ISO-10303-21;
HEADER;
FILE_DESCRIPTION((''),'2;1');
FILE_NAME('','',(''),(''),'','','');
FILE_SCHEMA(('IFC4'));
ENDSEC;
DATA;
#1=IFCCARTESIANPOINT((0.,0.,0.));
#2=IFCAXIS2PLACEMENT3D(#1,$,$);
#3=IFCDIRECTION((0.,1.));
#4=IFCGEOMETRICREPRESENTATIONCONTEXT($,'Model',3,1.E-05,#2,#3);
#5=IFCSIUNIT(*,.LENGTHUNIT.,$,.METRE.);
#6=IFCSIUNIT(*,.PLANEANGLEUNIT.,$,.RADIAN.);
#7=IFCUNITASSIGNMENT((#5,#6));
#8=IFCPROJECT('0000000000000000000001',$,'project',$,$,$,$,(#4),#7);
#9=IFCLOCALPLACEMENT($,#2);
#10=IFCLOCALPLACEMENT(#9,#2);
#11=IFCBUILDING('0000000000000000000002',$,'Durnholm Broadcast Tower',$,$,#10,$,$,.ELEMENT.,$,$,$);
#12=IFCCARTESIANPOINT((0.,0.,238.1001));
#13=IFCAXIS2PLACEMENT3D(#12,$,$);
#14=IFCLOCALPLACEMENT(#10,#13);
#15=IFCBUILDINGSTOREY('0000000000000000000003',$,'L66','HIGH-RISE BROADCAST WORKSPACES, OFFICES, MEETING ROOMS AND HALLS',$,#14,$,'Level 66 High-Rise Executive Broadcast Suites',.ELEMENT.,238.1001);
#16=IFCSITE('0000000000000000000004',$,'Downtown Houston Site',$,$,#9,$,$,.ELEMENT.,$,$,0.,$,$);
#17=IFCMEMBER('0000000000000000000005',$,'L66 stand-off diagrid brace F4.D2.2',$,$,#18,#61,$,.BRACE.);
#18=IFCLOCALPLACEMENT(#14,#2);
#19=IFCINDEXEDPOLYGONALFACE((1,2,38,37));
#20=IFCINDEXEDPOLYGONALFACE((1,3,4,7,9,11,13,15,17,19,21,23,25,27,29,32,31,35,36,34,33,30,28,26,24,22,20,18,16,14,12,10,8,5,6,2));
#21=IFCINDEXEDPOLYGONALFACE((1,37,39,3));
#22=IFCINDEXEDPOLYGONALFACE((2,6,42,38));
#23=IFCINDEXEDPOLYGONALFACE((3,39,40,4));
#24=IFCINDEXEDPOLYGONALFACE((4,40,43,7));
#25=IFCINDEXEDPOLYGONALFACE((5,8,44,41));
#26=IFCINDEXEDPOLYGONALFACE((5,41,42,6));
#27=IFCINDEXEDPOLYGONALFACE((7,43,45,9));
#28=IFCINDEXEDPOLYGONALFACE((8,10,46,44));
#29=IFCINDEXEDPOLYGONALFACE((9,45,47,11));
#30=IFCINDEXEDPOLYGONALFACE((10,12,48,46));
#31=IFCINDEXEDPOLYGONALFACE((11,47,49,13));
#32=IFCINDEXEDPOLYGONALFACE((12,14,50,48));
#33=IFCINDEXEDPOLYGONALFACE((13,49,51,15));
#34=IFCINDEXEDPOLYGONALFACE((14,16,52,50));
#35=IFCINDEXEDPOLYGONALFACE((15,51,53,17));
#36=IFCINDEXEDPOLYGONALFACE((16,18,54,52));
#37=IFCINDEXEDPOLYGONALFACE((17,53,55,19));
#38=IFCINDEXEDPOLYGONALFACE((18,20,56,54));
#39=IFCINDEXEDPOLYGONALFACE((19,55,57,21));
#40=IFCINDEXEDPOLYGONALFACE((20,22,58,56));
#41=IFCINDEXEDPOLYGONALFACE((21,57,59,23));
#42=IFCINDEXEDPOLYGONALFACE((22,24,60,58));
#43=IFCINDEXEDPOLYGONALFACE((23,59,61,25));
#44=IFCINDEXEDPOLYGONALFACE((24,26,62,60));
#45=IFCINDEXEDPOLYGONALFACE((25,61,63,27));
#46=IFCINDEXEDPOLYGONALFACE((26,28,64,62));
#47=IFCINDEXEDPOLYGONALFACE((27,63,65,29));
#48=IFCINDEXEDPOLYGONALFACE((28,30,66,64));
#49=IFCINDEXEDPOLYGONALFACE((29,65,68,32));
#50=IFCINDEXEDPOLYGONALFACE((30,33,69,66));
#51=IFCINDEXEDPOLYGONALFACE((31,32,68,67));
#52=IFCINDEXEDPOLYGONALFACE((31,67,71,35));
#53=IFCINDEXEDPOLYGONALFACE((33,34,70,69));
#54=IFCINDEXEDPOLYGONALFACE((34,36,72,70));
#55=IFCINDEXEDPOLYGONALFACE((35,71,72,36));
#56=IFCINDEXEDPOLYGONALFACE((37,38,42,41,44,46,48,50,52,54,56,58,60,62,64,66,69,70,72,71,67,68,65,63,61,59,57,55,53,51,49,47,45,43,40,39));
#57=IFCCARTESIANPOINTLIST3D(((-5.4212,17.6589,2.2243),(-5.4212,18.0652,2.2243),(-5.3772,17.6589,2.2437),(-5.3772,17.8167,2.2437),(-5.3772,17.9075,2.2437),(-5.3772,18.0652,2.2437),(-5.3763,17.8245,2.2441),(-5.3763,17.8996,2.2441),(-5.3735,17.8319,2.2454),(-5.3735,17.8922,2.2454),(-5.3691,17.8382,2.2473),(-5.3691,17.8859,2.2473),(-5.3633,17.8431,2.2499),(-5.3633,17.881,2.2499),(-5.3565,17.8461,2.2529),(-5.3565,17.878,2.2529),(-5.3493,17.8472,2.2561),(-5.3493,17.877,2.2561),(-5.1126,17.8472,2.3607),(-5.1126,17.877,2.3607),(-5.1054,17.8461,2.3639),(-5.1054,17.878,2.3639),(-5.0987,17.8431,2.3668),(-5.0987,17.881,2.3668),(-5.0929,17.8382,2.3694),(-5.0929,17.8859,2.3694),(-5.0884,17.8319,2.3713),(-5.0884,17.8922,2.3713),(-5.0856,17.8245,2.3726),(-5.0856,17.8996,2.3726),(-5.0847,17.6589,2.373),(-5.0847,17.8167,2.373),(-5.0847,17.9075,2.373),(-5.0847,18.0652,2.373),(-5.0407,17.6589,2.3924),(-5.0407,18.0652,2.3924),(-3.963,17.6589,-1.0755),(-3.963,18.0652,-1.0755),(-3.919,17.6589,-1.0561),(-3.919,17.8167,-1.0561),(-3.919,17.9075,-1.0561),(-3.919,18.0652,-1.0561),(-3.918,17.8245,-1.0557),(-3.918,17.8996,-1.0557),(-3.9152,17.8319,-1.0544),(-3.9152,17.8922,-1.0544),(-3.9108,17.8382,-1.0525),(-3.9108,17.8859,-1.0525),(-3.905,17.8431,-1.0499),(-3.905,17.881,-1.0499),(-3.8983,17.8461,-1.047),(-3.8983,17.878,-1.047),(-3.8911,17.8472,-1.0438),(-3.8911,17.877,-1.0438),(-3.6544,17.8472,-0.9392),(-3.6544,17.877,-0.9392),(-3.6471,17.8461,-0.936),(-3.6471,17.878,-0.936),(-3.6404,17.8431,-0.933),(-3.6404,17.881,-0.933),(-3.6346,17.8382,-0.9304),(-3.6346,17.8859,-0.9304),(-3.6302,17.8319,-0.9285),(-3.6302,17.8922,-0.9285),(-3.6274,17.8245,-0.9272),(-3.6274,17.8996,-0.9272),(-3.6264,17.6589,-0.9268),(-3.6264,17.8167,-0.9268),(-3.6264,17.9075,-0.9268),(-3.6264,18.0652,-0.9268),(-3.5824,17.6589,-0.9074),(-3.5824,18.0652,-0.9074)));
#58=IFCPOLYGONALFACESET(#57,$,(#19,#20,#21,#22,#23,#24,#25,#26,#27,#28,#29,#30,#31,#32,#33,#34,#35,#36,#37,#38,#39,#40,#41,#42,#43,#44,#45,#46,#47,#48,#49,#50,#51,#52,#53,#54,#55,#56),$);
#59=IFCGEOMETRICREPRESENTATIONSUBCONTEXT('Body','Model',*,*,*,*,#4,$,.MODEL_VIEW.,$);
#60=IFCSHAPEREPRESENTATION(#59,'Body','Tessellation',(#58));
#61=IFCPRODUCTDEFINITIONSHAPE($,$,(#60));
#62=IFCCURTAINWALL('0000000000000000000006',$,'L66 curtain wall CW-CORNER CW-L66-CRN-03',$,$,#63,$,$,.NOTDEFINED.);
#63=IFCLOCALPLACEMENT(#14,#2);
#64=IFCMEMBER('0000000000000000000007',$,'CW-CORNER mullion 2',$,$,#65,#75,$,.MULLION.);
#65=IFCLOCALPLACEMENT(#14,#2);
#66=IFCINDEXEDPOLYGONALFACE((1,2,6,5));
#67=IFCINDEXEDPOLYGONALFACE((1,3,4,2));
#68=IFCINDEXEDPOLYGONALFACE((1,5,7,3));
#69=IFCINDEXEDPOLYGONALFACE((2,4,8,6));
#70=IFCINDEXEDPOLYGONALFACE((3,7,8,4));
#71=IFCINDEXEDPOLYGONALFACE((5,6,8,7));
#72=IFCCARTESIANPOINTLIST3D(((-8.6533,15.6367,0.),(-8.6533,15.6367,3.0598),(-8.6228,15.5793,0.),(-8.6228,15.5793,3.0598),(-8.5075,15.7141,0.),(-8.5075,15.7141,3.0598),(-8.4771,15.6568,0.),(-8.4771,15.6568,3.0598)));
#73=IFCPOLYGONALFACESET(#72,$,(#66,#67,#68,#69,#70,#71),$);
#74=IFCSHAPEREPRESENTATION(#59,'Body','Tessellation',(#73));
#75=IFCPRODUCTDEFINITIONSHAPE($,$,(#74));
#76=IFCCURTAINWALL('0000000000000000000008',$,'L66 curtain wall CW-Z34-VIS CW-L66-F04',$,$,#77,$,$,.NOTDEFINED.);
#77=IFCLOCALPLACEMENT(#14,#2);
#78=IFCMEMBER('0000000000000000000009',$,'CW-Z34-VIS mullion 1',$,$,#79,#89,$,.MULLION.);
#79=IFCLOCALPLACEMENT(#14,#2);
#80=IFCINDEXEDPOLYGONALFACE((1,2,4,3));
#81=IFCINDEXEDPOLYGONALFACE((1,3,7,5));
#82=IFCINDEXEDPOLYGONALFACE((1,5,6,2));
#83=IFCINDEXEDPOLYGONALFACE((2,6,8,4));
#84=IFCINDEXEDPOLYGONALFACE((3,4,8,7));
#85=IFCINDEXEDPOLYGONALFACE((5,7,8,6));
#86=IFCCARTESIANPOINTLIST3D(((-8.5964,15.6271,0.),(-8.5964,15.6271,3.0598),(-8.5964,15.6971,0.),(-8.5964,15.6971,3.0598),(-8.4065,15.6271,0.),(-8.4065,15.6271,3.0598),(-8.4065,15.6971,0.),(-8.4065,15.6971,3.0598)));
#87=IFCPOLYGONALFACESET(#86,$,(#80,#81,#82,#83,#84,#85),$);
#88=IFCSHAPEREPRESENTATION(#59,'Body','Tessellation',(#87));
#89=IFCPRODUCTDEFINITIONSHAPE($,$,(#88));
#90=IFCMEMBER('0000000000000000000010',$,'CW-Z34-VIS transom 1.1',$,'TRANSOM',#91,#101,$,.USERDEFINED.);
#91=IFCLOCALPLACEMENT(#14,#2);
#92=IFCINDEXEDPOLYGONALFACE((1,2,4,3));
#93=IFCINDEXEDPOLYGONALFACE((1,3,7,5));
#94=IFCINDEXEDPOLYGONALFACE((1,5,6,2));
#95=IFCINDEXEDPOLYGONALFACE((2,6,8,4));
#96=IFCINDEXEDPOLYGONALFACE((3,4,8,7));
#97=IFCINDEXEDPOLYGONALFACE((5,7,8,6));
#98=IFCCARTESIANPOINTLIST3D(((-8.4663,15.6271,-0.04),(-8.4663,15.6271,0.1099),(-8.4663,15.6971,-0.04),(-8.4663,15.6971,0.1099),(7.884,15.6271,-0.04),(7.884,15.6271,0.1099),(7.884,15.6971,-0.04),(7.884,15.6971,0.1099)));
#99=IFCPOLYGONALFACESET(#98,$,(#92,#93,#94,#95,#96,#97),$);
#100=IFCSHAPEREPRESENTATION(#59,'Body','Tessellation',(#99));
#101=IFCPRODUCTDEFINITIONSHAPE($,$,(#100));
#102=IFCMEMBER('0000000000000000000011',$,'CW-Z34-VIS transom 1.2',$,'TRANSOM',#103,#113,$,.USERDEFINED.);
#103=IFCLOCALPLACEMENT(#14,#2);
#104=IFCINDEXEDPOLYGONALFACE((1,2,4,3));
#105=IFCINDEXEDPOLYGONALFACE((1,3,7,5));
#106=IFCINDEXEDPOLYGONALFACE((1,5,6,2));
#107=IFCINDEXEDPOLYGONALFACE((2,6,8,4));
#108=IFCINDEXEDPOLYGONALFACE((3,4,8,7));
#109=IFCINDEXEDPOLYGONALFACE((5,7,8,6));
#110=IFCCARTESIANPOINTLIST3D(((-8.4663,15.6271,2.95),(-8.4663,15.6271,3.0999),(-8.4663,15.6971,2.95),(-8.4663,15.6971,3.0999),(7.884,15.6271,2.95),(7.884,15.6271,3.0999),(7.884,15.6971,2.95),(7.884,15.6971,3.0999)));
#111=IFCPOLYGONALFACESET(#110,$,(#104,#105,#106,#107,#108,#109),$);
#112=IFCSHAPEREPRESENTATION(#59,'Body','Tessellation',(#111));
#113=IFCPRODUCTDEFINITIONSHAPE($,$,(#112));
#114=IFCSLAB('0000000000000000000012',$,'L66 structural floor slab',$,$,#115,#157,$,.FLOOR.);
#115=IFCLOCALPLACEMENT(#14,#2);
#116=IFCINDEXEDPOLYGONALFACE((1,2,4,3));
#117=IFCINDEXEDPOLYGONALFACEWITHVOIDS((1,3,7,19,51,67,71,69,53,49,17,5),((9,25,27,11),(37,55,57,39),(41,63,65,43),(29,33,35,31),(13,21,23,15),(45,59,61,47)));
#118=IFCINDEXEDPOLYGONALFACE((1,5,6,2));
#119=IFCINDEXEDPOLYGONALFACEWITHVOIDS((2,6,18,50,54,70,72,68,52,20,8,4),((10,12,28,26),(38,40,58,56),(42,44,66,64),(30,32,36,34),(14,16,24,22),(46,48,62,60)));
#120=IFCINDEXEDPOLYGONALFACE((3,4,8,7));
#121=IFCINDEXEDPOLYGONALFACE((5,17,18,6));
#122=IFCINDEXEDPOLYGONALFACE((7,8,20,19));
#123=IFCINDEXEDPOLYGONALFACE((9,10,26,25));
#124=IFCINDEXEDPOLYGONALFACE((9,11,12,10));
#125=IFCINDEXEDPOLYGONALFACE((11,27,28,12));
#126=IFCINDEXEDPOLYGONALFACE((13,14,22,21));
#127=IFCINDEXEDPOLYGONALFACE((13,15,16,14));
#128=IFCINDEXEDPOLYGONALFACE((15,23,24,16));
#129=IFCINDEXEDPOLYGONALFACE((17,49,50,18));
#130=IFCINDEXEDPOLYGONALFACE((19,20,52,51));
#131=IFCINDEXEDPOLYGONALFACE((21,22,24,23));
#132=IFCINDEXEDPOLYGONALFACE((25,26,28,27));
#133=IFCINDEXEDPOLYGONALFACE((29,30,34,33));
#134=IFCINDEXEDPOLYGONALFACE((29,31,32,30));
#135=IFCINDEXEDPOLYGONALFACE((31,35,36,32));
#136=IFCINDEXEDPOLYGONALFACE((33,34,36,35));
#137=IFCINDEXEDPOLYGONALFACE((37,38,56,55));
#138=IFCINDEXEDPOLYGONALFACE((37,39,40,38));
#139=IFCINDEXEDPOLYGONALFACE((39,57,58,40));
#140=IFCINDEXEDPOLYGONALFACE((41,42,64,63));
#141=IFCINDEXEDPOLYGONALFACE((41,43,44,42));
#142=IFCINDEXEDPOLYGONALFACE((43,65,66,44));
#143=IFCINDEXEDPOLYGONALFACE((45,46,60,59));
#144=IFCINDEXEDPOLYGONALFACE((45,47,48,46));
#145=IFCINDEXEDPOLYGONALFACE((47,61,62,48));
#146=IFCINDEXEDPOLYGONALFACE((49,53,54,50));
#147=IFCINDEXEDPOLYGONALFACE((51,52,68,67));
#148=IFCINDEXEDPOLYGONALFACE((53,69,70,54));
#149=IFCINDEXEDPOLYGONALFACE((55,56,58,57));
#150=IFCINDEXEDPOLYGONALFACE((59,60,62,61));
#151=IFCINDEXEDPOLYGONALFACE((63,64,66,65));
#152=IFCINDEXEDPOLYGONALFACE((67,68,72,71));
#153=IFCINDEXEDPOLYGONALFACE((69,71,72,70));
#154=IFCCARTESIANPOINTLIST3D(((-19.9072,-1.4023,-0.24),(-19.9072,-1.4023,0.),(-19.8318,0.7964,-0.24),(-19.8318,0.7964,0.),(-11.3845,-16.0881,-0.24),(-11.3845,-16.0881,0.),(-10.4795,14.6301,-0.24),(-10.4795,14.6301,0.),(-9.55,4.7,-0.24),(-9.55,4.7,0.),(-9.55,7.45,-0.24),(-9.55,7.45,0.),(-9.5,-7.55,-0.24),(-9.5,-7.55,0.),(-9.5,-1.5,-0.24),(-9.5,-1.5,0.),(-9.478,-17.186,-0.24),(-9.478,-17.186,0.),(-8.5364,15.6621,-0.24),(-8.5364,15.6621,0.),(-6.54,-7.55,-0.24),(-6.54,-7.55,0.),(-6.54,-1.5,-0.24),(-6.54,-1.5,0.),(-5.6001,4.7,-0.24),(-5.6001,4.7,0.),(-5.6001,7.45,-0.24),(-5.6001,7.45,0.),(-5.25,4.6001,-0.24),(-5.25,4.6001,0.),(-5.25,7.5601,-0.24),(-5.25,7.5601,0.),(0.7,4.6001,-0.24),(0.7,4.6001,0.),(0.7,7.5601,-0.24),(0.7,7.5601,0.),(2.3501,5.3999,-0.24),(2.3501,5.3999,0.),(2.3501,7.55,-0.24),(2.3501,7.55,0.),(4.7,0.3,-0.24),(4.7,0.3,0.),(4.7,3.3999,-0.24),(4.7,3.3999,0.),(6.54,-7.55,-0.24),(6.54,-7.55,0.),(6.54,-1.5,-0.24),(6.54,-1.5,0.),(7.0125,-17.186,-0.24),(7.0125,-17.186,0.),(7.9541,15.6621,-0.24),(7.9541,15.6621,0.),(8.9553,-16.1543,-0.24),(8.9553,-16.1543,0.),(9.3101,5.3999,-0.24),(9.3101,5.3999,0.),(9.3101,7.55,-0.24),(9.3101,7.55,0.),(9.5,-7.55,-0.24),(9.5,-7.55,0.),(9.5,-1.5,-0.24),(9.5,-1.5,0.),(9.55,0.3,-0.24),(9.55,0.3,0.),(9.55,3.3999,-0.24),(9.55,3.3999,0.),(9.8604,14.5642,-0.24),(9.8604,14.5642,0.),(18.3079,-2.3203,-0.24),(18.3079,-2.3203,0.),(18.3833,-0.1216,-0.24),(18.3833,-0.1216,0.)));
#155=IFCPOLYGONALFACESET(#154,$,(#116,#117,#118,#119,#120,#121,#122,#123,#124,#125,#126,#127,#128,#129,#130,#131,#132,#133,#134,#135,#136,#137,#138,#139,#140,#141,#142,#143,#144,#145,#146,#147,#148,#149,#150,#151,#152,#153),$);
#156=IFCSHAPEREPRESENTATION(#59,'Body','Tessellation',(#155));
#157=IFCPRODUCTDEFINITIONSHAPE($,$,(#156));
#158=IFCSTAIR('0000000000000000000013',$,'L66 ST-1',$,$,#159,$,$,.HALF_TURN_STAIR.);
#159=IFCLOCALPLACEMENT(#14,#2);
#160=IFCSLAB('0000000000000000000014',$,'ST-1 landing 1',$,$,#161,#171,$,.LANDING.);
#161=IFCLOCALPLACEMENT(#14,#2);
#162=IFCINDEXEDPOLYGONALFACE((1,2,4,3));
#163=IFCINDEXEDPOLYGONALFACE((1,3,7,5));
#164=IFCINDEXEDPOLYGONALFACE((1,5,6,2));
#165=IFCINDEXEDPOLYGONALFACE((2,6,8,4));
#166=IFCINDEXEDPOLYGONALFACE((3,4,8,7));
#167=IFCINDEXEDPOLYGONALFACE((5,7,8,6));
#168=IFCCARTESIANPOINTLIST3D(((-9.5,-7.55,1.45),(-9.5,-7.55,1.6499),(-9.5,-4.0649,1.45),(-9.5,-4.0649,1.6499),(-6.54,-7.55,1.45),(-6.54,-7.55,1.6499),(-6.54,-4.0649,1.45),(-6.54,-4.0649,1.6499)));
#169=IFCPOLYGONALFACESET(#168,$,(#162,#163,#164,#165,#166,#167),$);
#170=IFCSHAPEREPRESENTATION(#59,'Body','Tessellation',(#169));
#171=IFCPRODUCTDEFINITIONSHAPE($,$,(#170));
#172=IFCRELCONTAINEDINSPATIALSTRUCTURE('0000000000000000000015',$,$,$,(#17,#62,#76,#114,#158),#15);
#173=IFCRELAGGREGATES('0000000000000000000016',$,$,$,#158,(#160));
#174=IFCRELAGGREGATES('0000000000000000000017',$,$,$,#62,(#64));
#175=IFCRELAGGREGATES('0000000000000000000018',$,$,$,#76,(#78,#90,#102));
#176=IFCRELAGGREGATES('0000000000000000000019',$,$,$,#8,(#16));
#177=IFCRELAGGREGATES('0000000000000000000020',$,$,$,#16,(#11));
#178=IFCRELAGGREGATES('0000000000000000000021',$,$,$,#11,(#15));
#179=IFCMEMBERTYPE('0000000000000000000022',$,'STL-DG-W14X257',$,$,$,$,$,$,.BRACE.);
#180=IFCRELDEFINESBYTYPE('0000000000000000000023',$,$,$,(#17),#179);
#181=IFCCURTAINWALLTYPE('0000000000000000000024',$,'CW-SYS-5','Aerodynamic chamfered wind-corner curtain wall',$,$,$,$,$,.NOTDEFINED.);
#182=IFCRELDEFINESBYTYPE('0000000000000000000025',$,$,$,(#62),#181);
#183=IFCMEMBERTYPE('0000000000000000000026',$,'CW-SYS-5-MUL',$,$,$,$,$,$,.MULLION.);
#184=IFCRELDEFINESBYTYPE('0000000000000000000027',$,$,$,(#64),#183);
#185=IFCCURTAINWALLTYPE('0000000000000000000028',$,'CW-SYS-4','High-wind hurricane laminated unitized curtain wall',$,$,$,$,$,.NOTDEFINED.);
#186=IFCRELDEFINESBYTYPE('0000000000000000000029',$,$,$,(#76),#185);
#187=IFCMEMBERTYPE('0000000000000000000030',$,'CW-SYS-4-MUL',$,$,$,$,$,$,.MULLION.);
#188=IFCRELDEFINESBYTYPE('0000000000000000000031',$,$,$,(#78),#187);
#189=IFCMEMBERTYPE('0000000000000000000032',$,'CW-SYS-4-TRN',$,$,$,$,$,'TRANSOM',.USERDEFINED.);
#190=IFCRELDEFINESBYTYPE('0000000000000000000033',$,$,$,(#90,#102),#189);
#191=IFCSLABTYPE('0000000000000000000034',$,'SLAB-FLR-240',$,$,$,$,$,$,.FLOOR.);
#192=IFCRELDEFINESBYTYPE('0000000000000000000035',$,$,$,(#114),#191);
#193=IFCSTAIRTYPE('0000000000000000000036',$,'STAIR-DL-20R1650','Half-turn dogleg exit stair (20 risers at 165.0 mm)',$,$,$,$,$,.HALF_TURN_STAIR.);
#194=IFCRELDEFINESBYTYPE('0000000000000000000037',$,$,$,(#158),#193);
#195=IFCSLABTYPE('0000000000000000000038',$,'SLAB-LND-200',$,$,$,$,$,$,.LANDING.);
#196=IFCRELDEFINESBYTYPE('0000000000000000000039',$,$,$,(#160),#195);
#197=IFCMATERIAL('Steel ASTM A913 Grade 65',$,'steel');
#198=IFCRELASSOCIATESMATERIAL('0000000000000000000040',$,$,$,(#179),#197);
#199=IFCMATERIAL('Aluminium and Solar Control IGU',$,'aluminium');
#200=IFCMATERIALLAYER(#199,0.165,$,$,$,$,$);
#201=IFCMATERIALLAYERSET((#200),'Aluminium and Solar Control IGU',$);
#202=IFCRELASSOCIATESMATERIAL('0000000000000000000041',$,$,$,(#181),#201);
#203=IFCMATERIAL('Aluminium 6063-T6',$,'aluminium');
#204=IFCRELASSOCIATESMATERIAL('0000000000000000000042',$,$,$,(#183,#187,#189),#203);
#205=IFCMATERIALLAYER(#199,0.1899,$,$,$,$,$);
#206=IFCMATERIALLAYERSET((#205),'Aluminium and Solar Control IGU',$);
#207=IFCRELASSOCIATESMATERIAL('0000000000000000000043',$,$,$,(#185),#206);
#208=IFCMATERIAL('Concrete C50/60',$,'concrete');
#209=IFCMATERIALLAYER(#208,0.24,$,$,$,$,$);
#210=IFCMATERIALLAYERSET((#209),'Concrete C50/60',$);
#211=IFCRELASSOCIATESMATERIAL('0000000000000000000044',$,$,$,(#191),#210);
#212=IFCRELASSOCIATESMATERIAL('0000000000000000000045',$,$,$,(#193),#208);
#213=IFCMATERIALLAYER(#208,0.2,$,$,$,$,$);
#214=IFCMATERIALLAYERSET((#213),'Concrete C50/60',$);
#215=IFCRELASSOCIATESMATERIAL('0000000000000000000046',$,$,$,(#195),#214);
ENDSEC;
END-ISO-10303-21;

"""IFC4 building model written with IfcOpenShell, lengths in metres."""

from ifc_helpers import new_model, si_unit, direction, frame, origin, origin_2d, place, context, subcontext, project, spatial, polyline, rectangle, i_section, outline, extrude, source, transform, mapped, material, layer, layer_set, material_profile, profile_set, type_object, type_shapes, element, aggregate, save


model = new_model("IFC4")

# Units and contexts
model_context = context("Model", 3, precision=1e-05, world=origin(), true_north=direction((0.0, 1.0)))
body_context = subcontext(model_context, "Body", "Model", "MODEL_VIEW")
ifc_project = project(units=[si_unit("LENGTHUNIT", "METRE"), si_unit("PLANEANGLEUNIT", "RADIAN")], contexts=[model_context])

# Site, building, storey
site_placement = place(None, origin())
site = spatial("IfcSite", under=ifc_project, at=site_placement, Name="Downtown Houston Site", CompositionType="ELEMENT", RefElevation=0.0)
building_placement = place(site_placement, origin())
building = spatial("IfcBuilding", under=site, at=building_placement, Name="Durnholm Broadcast Tower", CompositionType="ELEMENT")
storey_placement = place(building_placement, frame((0.0, 0.0, 238.1001)))
storey = spatial("IfcBuildingStorey", under=building, at=storey_placement, Name="L66", Description="HIGH-RISE BROADCAST WORKSPACES, OFFICES, MEETING ROOMS AND HALLS", LongName="Level 66 High-Rise Executive Broadcast Suites", CompositionType="ELEMENT", Elevation=238.1001)

# Member
ifc_material_1 = material(Name="Steel ASTM A913 Grade 65", Category="steel")
ifc_material_profile_1 = material_profile(ifc_material_1, i_section(OverallWidth=0.4062, OverallDepth=0.416, WebThickness=0.0298, FlangeThickness=0.0481, FilletRadius=0.0305, at=origin_2d()), Name="W14X257")
ifc_profile_set_1 = profile_set([ifc_material_profile_1], Name="Steel ASTM A913 Grade 65")
member_type_1 = type_object("IfcMemberType", Name="STL-DG-W14X257", PredefinedType="BRACE", material=ifc_profile_set_1)
shared_shape_1 = source(origin(), body_context, "Body", "SweptSolid", [
    extrude(i_section(OverallWidth=0.4062, OverallDepth=0.416, WebThickness=0.0298, FlangeThickness=0.0481, FilletRadius=0.0305, at=origin_2d()), origin(), (0.0, 0.0, 1.0), 3.6077),
])
type_shapes(member_type_1, [shared_shape_1])
for number, where, z_axis, x_axis, name in (
    (1, (-3.7727, 17.8621, -0.9915), (-0.40421, 0.0, 0.914666), (0.0, -1.0, 0.0), "L66 stand-off diagrid brace F4.D2.2"),
):
    element("IfcMember", number, at=place(storey_placement, frame(where, z_axis=z_axis, x_axis=x_axis)), inside=storey, type_object=member_type_1, Name=name, PredefinedType="BRACE", context=body_context, shape_type="MappedRepresentation", body=[
        mapped(shared_shape_1, transform((0.0, 0.0, 0.0), x_axis=(1.0, 0.0, 0.0), y_axis=(0.0, 1.0, 0.0), z_axis=(0.0, 0.0, 1.0), scale=1.0)),
    ])

# Curtain wall, member
ifc_material_2 = material(Name="Aluminium and Solar Control IGU", Category="aluminium")
ifc_layer_1 = layer(ifc_material_2, 0.165)
ifc_layer_set_1 = layer_set([ifc_layer_1], Name="Aluminium and Solar Control IGU")
curtain_wall_type_1 = type_object("IfcCurtainWallType", Name="CW-SYS-5", Description="Aerodynamic chamfered wind-corner curtain wall", PredefinedType="NOTDEFINED", material=ifc_layer_set_1)
curtain_wall_1_placement = place(storey_placement, origin())
curtain_wall_1 = element("IfcCurtainWall", 2, at=curtain_wall_1_placement, inside=storey, type_object=curtain_wall_type_1, Name="L66 curtain wall CW-CORNER CW-L66-CRN-03", PredefinedType="NOTDEFINED")
ifc_material_3 = material(Name="Aluminium 6063-T6", Category="aluminium")
ifc_material_profile_2 = material_profile(ifc_material_3, rectangle(XDim=0.0649, YDim=0.165, at=origin_2d()), Name="CWM65X165")
ifc_profile_set_2 = profile_set([ifc_material_profile_2], Name="Aluminium 6063-T6")
member_type_2 = type_object("IfcMemberType", Name="CW-SYS-5-MUL", PredefinedType="MULLION", material=ifc_profile_set_2)
shared_shape_2 = source(origin(), body_context, "Body", "SweptSolid", [
    extrude(rectangle(XDim=0.0649, YDim=0.165, at=origin_2d()), origin(), (0.0, 0.0, 1.0), 3.0598),
])
type_shapes(member_type_2, [shared_shape_2])
member_1_placement = place(storey_placement, frame((-8.5652, 15.6467, 0.0), z_axis=(0.0, 0.0, 1.0), x_axis=(-0.469007, 0.883195, 0.0)))
member_1 = element("IfcMember", 3, at=member_1_placement, type_object=member_type_2, Name="CW-CORNER mullion 2", PredefinedType="MULLION", context=body_context, shape_type="MappedRepresentation", body=[
    mapped(shared_shape_2, transform((0.0, 0.0, 0.0), x_axis=(1.0, 0.0, 0.0), y_axis=(0.0, 1.0, 0.0), z_axis=(0.0, 0.0, 1.0), scale=1.0)),
])

# Curtain wall, members
ifc_layer_2 = layer(ifc_material_2, 0.1899)
ifc_layer_set_2 = layer_set([ifc_layer_2], Name="Aluminium and Solar Control IGU")
curtain_wall_type_2 = type_object("IfcCurtainWallType", Name="CW-SYS-4", Description="High-wind hurricane laminated unitized curtain wall", PredefinedType="NOTDEFINED", material=ifc_layer_set_2)
curtain_wall_2_placement = place(storey_placement, origin())
curtain_wall_2 = element("IfcCurtainWall", 4, at=curtain_wall_2_placement, inside=storey, type_object=curtain_wall_type_2, Name="L66 curtain wall CW-Z34-VIS CW-L66-F04", PredefinedType="NOTDEFINED")
ifc_material_profile_3 = material_profile(ifc_material_3, rectangle(XDim=0.0701, YDim=0.1899, at=origin_2d()), Name="CWM70X190")
ifc_profile_set_3 = profile_set([ifc_material_profile_3], Name="Aluminium 6063-T6")
member_type_3 = type_object("IfcMemberType", Name="CW-SYS-4-MUL", PredefinedType="MULLION", material=ifc_profile_set_3)
shared_shape_3 = source(origin(), body_context, "Body", "SweptSolid", [
    extrude(rectangle(XDim=0.0701, YDim=0.1899, at=origin_2d()), origin(), (0.0, 0.0, 1.0), 3.0598),
])
type_shapes(member_type_3, [shared_shape_3])
member_2_placement = place(storey_placement, frame((-8.5015, 15.6621, 0.0), z_axis=(0.0, 0.0, 1.0), x_axis=(0.0, 1.0, 0.0)))
member_2 = element("IfcMember", 5, at=member_2_placement, type_object=member_type_3, Name="CW-Z34-VIS mullion 1", PredefinedType="MULLION", context=body_context, shape_type="MappedRepresentation", body=[
    mapped(shared_shape_3, transform((0.0, 0.0, 0.0), x_axis=(1.0, 0.0, 0.0), y_axis=(0.0, 1.0, 0.0), z_axis=(0.0, 0.0, 1.0), scale=1.0)),
])
ifc_material_profile_4 = material_profile(ifc_material_3, rectangle(XDim=0.0701, YDim=0.1499, at=origin_2d()), Name="CWT70X150")
ifc_profile_set_4 = profile_set([ifc_material_profile_4], Name="Aluminium 6063-T6")
member_type_4 = type_object("IfcMemberType", Name="CW-SYS-4-TRN", ElementType="TRANSOM", PredefinedType="USERDEFINED", material=ifc_profile_set_4)
shared_shape_4 = source(origin(), body_context, "Body", "SweptSolid", [
    extrude(rectangle(XDim=0.0701, YDim=0.1499, at=origin_2d()), origin(), (0.0, 0.0, 1.0), 16.3503),
])
type_shapes(member_type_4, [shared_shape_4])
member_3_placement = place(storey_placement, frame((-8.4663, 15.6621, 0.0349), z_axis=(1.0, 0.0, 0.0), x_axis=(0.0, 1.0, 0.0)))
member_3 = element("IfcMember", 6, at=member_3_placement, type_object=member_type_4, Name="CW-Z34-VIS transom 1.1", ObjectType="TRANSOM", PredefinedType="USERDEFINED", context=body_context, shape_type="MappedRepresentation", body=[
    mapped(shared_shape_4, transform((0.0, 0.0, 0.0), x_axis=(1.0, 0.0, 0.0), y_axis=(0.0, 1.0, 0.0), z_axis=(0.0, 0.0, 1.0), scale=1.0)),
])
member_4_placement = place(storey_placement, frame((-8.4663, 15.6621, 3.0249), z_axis=(1.0, 0.0, 0.0), x_axis=(0.0, 1.0, 0.0)))
member_4 = element("IfcMember", 7, at=member_4_placement, type_object=member_type_4, Name="CW-Z34-VIS transom 1.2", ObjectType="TRANSOM", PredefinedType="USERDEFINED", context=body_context, shape_type="MappedRepresentation", body=[
    mapped(shared_shape_4, transform((0.0, 0.0, 0.0), x_axis=(1.0, 0.0, 0.0), y_axis=(0.0, 1.0, 0.0), z_axis=(0.0, 0.0, 1.0), scale=1.0)),
])

# Slab
ifc_material_4 = material(Name="Concrete C50/60", Category="concrete")
ifc_layer_3 = layer(ifc_material_4, 0.24)
ifc_layer_set_3 = layer_set([ifc_layer_3], Name="Concrete C50/60")
slab_type_1 = type_object("IfcSlabType", Name="SLAB-FLR-240", PredefinedType="FLOOR", material=ifc_layer_set_3)
slab_1_placement = place(storey_placement, frame((0.0, 0.0, -0.24)))
element("IfcSlab", 8, at=slab_1_placement, inside=storey, type_object=slab_type_1, Name="L66 structural floor slab", PredefinedType="FLOOR", context=body_context, shape_type="SweptSolid", body=[
    extrude(outline(polyline([(-11.3845, -16.0881), (-9.478, -17.186), (7.0125, -17.186), (8.9553, -16.1543), (18.3079, -2.3203), (18.3833, -0.1216), (9.8604, 14.5642), (7.9541, 15.6621), (-8.5364, 15.6621), (-10.4795, 14.6301), (-19.8318, 0.7964), (-19.9072, -1.4023), (-11.3845, -16.0881)]), holes=[polyline([(-6.54, -1.5), (-9.5, -1.5), (-9.5, -7.55), (-6.54, -7.55), (-6.54, -1.5)]), polyline([(9.5, -7.55), (9.5, -1.5), (6.54, -1.5), (6.54, -7.55), (9.5, -7.55)]), polyline([(9.55, 3.3999), (4.7, 3.3999), (4.7, 0.3), (9.55, 0.3), (9.55, 3.3999)]), polyline([(-9.55, 7.45), (-9.55, 4.7), (-5.6001, 4.7), (-5.6001, 7.45), (-9.55, 7.45)]), polyline([(-5.25, 4.6001), (0.7, 4.6001), (0.7, 7.5601), (-5.25, 7.5601), (-5.25, 4.6001)]), polyline([(9.3101, 7.55), (2.3501, 7.55), (2.3501, 5.3999), (9.3101, 5.3999), (9.3101, 7.55)])]), origin(), (0.0, 0.0, 1.0), 0.24),
])

# Stair, slab
stair_type = type_object("IfcStairType", Name="STAIR-DL-20R1650", Description="Half-turn dogleg exit stair (20 risers at 165.0 mm)", PredefinedType="HALF_TURN_STAIR", material=ifc_material_4)
stair_1_placement = place(storey_placement, origin())
stair_1 = element("IfcStair", 9, at=stair_1_placement, inside=storey, type_object=stair_type, Name="L66 ST-1", PredefinedType="HALF_TURN_STAIR")
ifc_layer_4 = layer(ifc_material_4, 0.2)
ifc_layer_set_4 = layer_set([ifc_layer_4], Name="Concrete C50/60")
slab_type_2 = type_object("IfcSlabType", Name="SLAB-LND-200", PredefinedType="LANDING", material=ifc_layer_set_4)
slab_2_placement = place(storey_placement, frame((0.0, 0.0, 1.45)))
slab_2 = element("IfcSlab", 10, at=slab_2_placement, type_object=slab_type_2, Name="ST-1 landing 1", PredefinedType="LANDING", context=body_context, shape_type="SweptSolid", body=[
    extrude(outline(polyline([(-9.5, -4.0649), (-9.5, -7.55), (-6.54, -7.55), (-6.54, -4.0649), (-9.5, -4.0649)])), origin(), (0.0, 0.0, 1.0), 0.2),
])
aggregate(stair_1, [slab_2])

aggregate(curtain_wall_1, [member_1])
aggregate(curtain_wall_2, [member_2, member_3, member_4])

save(model, "model.ifc")
